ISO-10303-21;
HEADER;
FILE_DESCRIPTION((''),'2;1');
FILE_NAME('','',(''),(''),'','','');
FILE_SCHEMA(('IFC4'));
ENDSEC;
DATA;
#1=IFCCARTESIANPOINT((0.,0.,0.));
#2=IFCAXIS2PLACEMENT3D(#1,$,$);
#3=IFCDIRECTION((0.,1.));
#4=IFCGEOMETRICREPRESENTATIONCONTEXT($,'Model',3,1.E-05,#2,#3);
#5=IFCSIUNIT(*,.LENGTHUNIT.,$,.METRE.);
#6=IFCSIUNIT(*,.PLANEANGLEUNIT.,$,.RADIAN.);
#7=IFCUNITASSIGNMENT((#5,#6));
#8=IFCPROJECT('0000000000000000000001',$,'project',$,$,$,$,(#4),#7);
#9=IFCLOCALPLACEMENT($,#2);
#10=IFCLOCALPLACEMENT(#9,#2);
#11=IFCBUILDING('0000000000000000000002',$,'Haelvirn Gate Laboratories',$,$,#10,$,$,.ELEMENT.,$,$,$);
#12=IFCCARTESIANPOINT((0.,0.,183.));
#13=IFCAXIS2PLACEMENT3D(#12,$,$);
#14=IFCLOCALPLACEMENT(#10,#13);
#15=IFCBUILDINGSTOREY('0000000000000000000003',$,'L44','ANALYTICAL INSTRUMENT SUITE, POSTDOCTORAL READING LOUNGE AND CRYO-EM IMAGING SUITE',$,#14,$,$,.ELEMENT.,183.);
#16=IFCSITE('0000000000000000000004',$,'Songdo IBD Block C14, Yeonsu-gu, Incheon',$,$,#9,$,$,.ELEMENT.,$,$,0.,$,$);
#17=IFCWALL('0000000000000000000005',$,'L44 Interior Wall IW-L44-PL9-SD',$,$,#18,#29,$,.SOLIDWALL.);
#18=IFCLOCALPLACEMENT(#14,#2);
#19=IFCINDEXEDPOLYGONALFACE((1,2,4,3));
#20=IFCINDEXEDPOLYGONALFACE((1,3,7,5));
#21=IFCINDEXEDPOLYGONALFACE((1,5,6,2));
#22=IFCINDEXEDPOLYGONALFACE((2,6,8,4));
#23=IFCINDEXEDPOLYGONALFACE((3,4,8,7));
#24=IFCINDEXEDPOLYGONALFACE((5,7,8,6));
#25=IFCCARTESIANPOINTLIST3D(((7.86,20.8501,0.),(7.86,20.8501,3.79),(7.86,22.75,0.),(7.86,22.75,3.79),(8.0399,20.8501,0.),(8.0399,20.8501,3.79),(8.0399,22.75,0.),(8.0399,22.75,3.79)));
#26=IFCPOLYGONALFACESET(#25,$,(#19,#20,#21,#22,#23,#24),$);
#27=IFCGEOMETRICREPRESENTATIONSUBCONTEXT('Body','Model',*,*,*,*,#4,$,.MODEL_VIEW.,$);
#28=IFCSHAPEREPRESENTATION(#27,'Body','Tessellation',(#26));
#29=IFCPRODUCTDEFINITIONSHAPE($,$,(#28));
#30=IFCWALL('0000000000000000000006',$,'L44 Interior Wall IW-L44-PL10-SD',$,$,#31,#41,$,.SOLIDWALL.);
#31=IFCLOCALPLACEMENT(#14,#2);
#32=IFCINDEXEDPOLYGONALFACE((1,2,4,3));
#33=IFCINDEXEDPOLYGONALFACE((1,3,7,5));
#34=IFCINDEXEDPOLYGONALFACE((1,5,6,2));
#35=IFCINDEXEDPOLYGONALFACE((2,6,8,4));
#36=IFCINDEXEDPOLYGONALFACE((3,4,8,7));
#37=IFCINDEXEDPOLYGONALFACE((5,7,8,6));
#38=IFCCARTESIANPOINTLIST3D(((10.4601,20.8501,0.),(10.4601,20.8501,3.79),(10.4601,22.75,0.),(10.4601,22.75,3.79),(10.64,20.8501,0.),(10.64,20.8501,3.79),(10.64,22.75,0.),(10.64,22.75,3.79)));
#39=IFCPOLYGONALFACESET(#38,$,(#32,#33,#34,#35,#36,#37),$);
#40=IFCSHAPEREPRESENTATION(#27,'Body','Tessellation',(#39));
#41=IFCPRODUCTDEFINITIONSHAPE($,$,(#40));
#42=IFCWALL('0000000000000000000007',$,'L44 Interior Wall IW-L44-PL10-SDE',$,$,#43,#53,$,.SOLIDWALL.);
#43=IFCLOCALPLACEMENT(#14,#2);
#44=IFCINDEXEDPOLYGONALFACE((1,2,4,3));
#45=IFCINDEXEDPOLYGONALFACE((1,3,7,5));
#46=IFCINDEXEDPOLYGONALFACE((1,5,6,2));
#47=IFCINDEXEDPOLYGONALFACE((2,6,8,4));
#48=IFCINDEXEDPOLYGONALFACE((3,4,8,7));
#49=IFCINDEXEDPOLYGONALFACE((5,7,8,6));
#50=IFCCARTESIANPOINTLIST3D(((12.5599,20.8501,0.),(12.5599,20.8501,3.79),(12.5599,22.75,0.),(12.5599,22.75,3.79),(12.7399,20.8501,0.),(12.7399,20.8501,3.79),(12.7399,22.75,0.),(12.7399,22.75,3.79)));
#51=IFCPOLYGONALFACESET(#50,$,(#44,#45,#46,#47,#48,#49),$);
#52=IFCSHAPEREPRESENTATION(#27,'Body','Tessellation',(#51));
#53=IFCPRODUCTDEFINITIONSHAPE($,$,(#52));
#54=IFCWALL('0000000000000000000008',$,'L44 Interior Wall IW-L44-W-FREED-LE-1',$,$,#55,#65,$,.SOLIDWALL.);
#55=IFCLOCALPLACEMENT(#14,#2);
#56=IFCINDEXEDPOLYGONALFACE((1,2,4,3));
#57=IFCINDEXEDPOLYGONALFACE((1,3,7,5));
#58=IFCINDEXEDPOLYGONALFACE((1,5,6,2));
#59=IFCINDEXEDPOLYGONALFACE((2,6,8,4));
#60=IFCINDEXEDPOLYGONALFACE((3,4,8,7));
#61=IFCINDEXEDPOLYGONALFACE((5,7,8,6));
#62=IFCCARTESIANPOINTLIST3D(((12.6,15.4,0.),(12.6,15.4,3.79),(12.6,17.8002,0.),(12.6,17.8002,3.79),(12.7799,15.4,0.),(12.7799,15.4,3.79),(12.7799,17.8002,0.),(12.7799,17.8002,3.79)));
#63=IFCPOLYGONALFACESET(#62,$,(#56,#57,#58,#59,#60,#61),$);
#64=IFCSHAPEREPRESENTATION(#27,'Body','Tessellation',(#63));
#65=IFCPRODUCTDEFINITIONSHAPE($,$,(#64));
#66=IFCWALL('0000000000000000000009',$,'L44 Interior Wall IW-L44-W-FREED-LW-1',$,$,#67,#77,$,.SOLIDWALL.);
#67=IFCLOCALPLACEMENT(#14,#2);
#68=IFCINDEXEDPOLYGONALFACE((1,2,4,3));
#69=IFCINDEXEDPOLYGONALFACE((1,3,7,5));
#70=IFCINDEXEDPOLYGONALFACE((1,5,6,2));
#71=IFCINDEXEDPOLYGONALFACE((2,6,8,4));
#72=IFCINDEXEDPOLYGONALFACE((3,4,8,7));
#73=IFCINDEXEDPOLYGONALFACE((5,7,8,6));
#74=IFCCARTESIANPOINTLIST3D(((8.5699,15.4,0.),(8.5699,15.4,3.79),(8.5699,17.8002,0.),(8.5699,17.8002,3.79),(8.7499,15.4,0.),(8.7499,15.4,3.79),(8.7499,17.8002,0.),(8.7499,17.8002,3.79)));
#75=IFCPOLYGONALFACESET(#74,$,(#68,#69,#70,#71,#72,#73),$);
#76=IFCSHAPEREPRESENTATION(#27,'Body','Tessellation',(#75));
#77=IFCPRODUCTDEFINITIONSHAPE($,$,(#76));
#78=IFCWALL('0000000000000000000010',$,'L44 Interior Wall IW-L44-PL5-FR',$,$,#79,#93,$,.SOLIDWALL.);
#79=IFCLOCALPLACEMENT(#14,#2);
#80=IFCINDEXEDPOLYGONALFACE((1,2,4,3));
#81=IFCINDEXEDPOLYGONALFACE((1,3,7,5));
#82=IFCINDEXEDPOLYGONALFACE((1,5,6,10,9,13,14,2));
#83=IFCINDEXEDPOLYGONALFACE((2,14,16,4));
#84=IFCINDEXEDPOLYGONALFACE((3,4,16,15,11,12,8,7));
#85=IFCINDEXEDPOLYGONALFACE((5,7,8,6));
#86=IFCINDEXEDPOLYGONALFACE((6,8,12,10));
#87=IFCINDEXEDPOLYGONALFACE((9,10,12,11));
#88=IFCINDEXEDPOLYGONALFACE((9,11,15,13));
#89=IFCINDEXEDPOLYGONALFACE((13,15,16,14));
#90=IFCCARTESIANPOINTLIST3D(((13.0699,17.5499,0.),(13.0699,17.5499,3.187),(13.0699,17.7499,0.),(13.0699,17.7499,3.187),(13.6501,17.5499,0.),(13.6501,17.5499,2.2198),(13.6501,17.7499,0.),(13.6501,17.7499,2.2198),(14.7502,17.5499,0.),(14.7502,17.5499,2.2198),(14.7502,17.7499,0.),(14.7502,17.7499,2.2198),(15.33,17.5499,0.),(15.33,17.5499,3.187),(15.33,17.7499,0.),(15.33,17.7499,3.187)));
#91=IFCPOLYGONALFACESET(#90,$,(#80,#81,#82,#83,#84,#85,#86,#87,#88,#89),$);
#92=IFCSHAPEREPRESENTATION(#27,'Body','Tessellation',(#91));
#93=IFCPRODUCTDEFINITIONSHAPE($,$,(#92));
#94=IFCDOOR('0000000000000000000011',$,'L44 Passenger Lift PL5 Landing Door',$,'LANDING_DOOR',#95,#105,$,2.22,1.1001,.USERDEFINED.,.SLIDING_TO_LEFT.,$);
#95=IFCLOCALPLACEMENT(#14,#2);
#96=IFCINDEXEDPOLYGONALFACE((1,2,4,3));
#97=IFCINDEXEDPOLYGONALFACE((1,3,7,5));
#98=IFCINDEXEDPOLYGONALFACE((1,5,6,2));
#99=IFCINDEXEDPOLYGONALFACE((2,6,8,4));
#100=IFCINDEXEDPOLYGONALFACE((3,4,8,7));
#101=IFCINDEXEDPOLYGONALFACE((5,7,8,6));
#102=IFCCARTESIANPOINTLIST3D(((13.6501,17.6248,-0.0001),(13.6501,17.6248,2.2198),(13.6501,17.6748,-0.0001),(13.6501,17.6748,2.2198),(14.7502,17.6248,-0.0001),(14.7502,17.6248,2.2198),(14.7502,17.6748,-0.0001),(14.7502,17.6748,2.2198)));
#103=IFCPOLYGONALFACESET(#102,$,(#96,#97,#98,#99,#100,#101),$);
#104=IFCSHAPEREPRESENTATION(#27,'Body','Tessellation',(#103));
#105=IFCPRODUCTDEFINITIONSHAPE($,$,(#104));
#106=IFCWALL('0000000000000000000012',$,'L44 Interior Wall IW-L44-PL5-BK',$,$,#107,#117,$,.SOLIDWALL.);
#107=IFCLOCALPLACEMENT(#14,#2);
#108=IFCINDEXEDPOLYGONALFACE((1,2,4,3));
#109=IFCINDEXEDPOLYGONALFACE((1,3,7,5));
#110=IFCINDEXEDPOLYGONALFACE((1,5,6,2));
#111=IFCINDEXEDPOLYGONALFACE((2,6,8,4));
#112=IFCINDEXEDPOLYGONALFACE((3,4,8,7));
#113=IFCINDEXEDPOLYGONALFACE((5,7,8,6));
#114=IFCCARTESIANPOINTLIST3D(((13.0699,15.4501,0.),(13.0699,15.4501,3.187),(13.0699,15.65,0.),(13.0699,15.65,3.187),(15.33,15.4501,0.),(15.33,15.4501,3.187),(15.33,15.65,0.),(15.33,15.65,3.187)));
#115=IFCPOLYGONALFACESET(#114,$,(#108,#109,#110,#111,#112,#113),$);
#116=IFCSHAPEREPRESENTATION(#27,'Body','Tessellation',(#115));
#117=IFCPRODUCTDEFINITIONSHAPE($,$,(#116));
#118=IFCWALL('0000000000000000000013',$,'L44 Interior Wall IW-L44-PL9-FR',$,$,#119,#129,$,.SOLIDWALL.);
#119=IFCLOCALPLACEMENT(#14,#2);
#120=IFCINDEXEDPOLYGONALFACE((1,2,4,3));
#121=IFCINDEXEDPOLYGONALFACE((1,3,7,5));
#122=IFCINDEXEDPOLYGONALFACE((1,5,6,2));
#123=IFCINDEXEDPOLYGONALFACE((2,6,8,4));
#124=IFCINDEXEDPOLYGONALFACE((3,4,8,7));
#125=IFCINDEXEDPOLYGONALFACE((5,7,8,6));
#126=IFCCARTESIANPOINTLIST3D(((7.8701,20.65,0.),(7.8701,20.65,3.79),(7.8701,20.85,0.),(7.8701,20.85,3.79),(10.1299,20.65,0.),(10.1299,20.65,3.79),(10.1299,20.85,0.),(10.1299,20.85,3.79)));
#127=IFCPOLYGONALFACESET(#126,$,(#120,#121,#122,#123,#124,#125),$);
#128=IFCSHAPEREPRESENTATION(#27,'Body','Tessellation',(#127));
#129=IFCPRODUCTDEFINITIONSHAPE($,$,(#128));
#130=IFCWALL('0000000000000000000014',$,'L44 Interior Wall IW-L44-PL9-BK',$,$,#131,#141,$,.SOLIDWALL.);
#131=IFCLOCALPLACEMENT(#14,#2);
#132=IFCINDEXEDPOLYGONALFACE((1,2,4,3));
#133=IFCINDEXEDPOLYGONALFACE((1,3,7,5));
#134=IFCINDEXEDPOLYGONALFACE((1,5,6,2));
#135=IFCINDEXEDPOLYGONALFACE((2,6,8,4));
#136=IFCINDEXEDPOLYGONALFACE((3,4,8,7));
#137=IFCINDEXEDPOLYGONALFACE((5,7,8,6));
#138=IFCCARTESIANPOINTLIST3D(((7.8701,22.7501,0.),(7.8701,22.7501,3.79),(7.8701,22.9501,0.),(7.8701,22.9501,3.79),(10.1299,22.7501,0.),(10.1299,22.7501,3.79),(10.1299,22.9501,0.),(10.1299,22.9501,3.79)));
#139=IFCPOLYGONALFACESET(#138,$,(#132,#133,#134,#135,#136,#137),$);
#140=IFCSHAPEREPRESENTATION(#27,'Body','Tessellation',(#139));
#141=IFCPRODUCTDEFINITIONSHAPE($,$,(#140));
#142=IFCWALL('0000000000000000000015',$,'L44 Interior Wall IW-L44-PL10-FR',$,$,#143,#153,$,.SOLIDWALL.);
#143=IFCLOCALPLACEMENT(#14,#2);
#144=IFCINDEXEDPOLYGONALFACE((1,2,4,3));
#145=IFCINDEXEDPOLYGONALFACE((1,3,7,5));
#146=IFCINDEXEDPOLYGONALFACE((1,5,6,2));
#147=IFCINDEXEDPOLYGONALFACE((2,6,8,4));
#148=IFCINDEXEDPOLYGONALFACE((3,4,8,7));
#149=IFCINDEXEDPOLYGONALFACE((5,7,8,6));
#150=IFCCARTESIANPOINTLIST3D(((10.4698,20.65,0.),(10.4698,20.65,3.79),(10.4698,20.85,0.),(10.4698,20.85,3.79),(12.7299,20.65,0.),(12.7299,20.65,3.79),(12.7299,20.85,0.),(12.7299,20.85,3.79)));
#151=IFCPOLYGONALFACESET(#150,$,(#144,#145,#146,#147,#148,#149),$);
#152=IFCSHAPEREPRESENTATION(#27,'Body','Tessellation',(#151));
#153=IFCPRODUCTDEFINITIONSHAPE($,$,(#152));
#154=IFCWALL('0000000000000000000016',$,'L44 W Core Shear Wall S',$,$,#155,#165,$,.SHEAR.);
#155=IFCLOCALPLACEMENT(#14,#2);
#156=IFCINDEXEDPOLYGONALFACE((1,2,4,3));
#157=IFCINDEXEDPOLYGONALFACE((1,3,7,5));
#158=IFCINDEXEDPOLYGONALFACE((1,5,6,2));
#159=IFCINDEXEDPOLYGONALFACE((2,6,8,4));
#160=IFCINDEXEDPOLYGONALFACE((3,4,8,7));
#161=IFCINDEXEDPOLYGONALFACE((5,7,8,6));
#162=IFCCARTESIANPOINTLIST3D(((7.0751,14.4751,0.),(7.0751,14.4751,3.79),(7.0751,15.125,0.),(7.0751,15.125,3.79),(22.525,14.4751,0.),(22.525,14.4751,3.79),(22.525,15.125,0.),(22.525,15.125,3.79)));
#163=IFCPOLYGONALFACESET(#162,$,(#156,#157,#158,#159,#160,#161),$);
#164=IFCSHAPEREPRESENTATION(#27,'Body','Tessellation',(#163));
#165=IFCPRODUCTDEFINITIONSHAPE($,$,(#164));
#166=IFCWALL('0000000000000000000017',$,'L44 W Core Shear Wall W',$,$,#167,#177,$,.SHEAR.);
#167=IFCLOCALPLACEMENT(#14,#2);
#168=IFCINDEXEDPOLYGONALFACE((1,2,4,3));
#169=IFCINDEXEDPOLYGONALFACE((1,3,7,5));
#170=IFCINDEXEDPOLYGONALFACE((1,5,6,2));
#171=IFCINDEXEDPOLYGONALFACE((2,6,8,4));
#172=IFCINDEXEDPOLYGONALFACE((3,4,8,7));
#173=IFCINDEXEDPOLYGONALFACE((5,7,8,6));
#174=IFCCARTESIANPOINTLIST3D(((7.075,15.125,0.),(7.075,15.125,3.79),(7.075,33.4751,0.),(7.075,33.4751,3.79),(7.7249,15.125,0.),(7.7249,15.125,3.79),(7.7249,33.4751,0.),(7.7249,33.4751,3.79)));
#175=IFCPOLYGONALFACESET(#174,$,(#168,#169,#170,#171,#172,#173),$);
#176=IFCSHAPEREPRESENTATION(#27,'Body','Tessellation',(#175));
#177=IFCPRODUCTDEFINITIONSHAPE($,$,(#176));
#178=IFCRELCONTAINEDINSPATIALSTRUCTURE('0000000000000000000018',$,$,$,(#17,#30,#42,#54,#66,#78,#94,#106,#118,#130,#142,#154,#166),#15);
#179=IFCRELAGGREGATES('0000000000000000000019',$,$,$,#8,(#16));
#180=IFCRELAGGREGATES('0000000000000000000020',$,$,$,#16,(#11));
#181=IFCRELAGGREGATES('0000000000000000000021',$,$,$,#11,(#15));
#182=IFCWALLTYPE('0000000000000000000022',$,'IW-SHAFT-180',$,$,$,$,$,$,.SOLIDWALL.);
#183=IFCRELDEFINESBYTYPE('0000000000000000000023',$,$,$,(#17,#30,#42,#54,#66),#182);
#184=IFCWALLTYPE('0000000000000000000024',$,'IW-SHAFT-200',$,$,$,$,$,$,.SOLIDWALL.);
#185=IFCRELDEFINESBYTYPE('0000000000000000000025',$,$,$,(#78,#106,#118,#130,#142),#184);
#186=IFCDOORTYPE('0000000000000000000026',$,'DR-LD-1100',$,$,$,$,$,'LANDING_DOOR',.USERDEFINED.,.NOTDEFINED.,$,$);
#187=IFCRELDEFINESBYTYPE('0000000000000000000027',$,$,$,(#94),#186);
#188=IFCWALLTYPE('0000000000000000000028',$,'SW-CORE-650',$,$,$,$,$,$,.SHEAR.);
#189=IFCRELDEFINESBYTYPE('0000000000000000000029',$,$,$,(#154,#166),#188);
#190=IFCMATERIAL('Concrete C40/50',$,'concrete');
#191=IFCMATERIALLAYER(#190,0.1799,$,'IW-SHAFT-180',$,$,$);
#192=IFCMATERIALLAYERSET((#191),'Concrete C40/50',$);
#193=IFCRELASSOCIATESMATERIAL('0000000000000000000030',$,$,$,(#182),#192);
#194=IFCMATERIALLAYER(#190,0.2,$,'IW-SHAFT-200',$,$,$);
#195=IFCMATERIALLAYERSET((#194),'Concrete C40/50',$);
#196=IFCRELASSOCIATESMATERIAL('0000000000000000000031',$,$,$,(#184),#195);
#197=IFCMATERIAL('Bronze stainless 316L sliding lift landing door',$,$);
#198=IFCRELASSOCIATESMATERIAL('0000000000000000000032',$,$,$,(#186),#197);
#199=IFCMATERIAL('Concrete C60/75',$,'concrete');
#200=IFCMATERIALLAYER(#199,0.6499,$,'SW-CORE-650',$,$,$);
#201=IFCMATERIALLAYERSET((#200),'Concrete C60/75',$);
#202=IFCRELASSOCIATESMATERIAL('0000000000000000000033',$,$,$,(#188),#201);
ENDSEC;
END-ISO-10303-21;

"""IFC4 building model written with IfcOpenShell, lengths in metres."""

from ifc_helpers import new_model, si_unit, direction, frame, frame_2d, origin, place, context, subcontext, project, spatial, rectangle, extrude, source, transform, mapped, material, layer, layer_set, type_object, type_shapes, element, fill, save


model = new_model("IFC4")

# Units and contexts
model_context = context("Model", 3, precision=1e-05, world=origin(), true_north=direction((0.0, 1.0)))
body_context = subcontext(model_context, "Body", "Model", "MODEL_VIEW")
ifc_project = project(units=[si_unit("LENGTHUNIT", "METRE"), si_unit("PLANEANGLEUNIT", "RADIAN")], contexts=[model_context])

# Site, building, storey
site_placement = place(None, origin())
site = spatial("IfcSite", under=ifc_project, at=site_placement, Name="Songdo IBD Block C14, Yeonsu-gu, Incheon", CompositionType="ELEMENT", RefElevation=0.0)
building_placement = place(site_placement, origin())
building = spatial("IfcBuilding", under=site, at=building_placement, Name="Haelvirn Gate Laboratories", CompositionType="ELEMENT")
storey_placement = place(building_placement, frame((0.0, 0.0, 183.0)))
storey = spatial("IfcBuildingStorey", under=building, at=storey_placement, Name="L44", Description="ANALYTICAL INSTRUMENT SUITE, POSTDOCTORAL READING LOUNGE AND CRYO-EM IMAGING SUITE", CompositionType="ELEMENT", Elevation=183.0)

# Shared definitions
ifc_material_1 = material(Name="Concrete C60/75", Category="concrete")

# Walls
ifc_material_2 = material(Name="Concrete C40/50", Category="concrete")
ifc_layer_1 = layer(ifc_material_2, 0.1799, Name="IW-SHAFT-180")
ifc_layer_set_1 = layer_set([ifc_layer_1], Name="Concrete C40/50")
wall_type_1 = type_object("IfcWallType", Name="IW-SHAFT-180", PredefinedType="SOLIDWALL", material=ifc_layer_set_1)
for number, where, z_axis, x_axis, name in (
    (1, (7.95, 20.8501, 0.0), (0.0, 0.0, 1.0), (0.0, 1.0, 0.0), "L44 Interior Wall IW-L44-PL9-SD"),
    (2, (10.55, 20.8501, 0.0), (0.0, 0.0, 1.0), (0.0, 1.0, 0.0), "L44 Interior Wall IW-L44-PL10-SD"),
    (3, (12.6499, 20.8501, 0.0), (0.0, 0.0, 1.0), (0.0, 1.0, 0.0), "L44 Interior Wall IW-L44-PL10-SDE"),
):
    element("IfcWall", number, at=place(storey_placement, frame(where, z_axis=z_axis, x_axis=x_axis)), inside=storey, type_object=wall_type_1, Name=name, PredefinedType="SOLIDWALL", context=body_context, shape_type="SweptSolid", body=[
        extrude(rectangle(XDim=1.8999, YDim=0.1799, at=frame_2d((0.95, 0.0))), origin(), (0.0, 0.0, 1.0), 3.79),
    ])

# Walls
for number, where, z_axis, x_axis, name in (
    (4, (12.6899, 15.3999, 0.0), (0.0, 0.0, 1.0), (0.0, 1.0, 0.0), "L44 Interior Wall IW-L44-W-FREED-LE-1"),
    (5, (8.6599, 15.3999, 0.0), (0.0, 0.0, 1.0), (0.0, 1.0, 0.0), "L44 Interior Wall IW-L44-W-FREED-LW-1"),
):
    element("IfcWall", number, at=place(storey_placement, frame(where, z_axis=z_axis, x_axis=x_axis)), inside=storey, type_object=wall_type_1, Name=name, PredefinedType="SOLIDWALL", context=body_context, shape_type="SweptSolid", body=[
        extrude(rectangle(XDim=2.4001, YDim=0.1799, at=frame_2d((1.2002, 0.0))), origin(), (0.0, 0.0, 1.0), 3.79),
    ])

# Wall, opening, door
ifc_layer_2 = layer(ifc_material_2, 0.2, Name="IW-SHAFT-200")
ifc_layer_set_2 = layer_set([ifc_layer_2], Name="Concrete C40/50")
wall_type_2 = type_object("IfcWallType", Name="IW-SHAFT-200", PredefinedType="SOLIDWALL", material=ifc_layer_set_2)
wall_1_placement = place(storey_placement, frame((13.0701, 17.6499, 0.0), z_axis=(0.0, 0.0, 1.0), x_axis=(1.0, 0.0, 0.0)))
wall_1 = element("IfcWall", 6, at=wall_1_placement, inside=storey, type_object=wall_type_2, Name="L44 Interior Wall IW-L44-PL5-FR", PredefinedType="SOLIDWALL", context=body_context, shape_type="SweptSolid", body=[
    extrude(rectangle(XDim=2.26, YDim=0.2, at=frame_2d((1.1299, 0.0))), origin(), (0.0, 0.0, 1.0), 3.187),
])
opening_1_placement = place(wall_1_placement, frame((0.5801, 0.0, 0.0)))
opening_1 = element("IfcOpeningElement", 7, at=opening_1_placement, cuts=wall_1, PredefinedType="OPENING", context=body_context, shape_type="SweptSolid", body=[
    extrude(rectangle(XDim=1.1001, YDim=2.22, at=frame_2d((0.55, 1.1099))), frame((0.0, 0.1099, 0.0), z_axis=(0.0, -1.0, 0.0), x_axis=(1.0, 0.0, 0.0)), (0.0, 0.0, 1.0), 0.22),
])
ifc_material_3 = material(Name="Bronze stainless 316L sliding lift landing door")
door_type_1 = type_object("IfcDoorType", Name="DR-LD-1100", ElementType="LANDING_DOOR", OperationType="NOTDEFINED", PredefinedType="USERDEFINED", material=ifc_material_3)
shared_shape_1 = source(origin(), body_context, "Body", "SweptSolid", [
    extrude(rectangle(XDim=1.1001, YDim=2.22, at=frame_2d((0.55, 1.1099))), frame((0.0, 0.0249, 0.0), z_axis=(0.0, -1.0, 0.0), x_axis=(1.0, 0.0, 0.0)), (0.0, 0.0, 1.0), 0.05),
])
type_shapes(door_type_1, [shared_shape_1])
door_1_placement = place(opening_1_placement, origin())
door_1 = element("IfcDoor", 8, at=door_1_placement, inside=storey, type_object=door_type_1, Name="L44 Passenger Lift PL5 Landing Door", ObjectType="LANDING_DOOR", OperationType="SLIDING_TO_LEFT", OverallHeight=2.22, OverallWidth=1.1001, PredefinedType="USERDEFINED", context=body_context, shape_type="MappedRepresentation", body=[
    mapped(shared_shape_1, transform((0.0, 0.0, 0.0), scale=1.0)),
])
fill(opening_1, door_1)

# Walls
wall_2_placement = place(storey_placement, frame((13.0701, 15.55, 0.0), z_axis=(0.0, 0.0, 1.0), x_axis=(1.0, 0.0, 0.0)))
element("IfcWall", 9, at=wall_2_placement, inside=storey, type_object=wall_type_2, Name="L44 Interior Wall IW-L44-PL5-BK", PredefinedType="SOLIDWALL", context=body_context, shape_type="SweptSolid", body=[
    extrude(rectangle(XDim=2.26, YDim=0.2, at=frame_2d((1.1299, 0.0))), origin(), (0.0, 0.0, 1.0), 3.187),
])
for number, where, z_axis, x_axis, name in (
    (10, (7.8701, 20.75, 0.0), (0.0, 0.0, 1.0), (1.0, 0.0, 0.0), "L44 Interior Wall IW-L44-PL9-FR"),
    (11, (7.8701, 22.8501, 0.0), (0.0, 0.0, 1.0), (1.0, 0.0, 0.0), "L44 Interior Wall IW-L44-PL9-BK"),
):
    element("IfcWall", number, at=place(storey_placement, frame(where, z_axis=z_axis, x_axis=x_axis)), inside=storey, type_object=wall_type_2, Name=name, PredefinedType="SOLIDWALL", context=body_context, shape_type="SweptSolid", body=[
        extrude(rectangle(XDim=2.2598, YDim=0.2, at=frame_2d((1.1299, 0.0))), origin(), (0.0, 0.0, 1.0), 3.79),
    ])
wall_3_placement = place(storey_placement, frame((10.47, 20.75, 0.0), z_axis=(0.0, 0.0, 1.0), x_axis=(1.0, 0.0, 0.0)))
element("IfcWall", 12, at=wall_3_placement, inside=storey, type_object=wall_type_2, Name="L44 Interior Wall IW-L44-PL10-FR", PredefinedType="SOLIDWALL", context=body_context, shape_type="SweptSolid", body=[
    extrude(rectangle(XDim=2.26, YDim=0.2, at=frame_2d((1.1299, 0.0))), origin(), (0.0, 0.0, 1.0), 3.79),
])
ifc_layer_3 = layer(ifc_material_1, 0.6499, Name="SW-CORE-650")
ifc_layer_set_3 = layer_set([ifc_layer_3], Name="Concrete C60/75")
wall_type_3 = type_object("IfcWallType", Name="SW-CORE-650", PredefinedType="SHEAR", material=ifc_layer_set_3)
wall_4_placement = place(storey_placement, frame((7.075, 14.8, 0.0), z_axis=(0.0, 0.0, 1.0), x_axis=(1.0, 0.0, 0.0)))
element("IfcWall", 13, at=wall_4_placement, inside=storey, type_object=wall_type_3, Name="L44 W Core Shear Wall S", PredefinedType="SHEAR", context=body_context, shape_type="SweptSolid", body=[
    extrude(rectangle(XDim=15.45, YDim=0.6499, at=frame_2d((7.7251, 0.0))), origin(), (0.0, 0.0, 1.0), 3.79),
])
wall_5_placement = place(storey_placement, frame((7.3999, 15.125, 0.0), z_axis=(0.0, 0.0, 1.0), x_axis=(0.0, 1.0, 0.0)))
element("IfcWall", 14, at=wall_5_placement, inside=storey, type_object=wall_type_3, Name="L44 W Core Shear Wall W", PredefinedType="SHEAR", context=body_context, shape_type="SweptSolid", body=[
    extrude(rectangle(XDim=18.3501, YDim=0.6499, at=frame_2d((9.175, 0.0))), origin(), (0.0, 0.0, 1.0), 3.79),
])

save(model, "model.ifc")
